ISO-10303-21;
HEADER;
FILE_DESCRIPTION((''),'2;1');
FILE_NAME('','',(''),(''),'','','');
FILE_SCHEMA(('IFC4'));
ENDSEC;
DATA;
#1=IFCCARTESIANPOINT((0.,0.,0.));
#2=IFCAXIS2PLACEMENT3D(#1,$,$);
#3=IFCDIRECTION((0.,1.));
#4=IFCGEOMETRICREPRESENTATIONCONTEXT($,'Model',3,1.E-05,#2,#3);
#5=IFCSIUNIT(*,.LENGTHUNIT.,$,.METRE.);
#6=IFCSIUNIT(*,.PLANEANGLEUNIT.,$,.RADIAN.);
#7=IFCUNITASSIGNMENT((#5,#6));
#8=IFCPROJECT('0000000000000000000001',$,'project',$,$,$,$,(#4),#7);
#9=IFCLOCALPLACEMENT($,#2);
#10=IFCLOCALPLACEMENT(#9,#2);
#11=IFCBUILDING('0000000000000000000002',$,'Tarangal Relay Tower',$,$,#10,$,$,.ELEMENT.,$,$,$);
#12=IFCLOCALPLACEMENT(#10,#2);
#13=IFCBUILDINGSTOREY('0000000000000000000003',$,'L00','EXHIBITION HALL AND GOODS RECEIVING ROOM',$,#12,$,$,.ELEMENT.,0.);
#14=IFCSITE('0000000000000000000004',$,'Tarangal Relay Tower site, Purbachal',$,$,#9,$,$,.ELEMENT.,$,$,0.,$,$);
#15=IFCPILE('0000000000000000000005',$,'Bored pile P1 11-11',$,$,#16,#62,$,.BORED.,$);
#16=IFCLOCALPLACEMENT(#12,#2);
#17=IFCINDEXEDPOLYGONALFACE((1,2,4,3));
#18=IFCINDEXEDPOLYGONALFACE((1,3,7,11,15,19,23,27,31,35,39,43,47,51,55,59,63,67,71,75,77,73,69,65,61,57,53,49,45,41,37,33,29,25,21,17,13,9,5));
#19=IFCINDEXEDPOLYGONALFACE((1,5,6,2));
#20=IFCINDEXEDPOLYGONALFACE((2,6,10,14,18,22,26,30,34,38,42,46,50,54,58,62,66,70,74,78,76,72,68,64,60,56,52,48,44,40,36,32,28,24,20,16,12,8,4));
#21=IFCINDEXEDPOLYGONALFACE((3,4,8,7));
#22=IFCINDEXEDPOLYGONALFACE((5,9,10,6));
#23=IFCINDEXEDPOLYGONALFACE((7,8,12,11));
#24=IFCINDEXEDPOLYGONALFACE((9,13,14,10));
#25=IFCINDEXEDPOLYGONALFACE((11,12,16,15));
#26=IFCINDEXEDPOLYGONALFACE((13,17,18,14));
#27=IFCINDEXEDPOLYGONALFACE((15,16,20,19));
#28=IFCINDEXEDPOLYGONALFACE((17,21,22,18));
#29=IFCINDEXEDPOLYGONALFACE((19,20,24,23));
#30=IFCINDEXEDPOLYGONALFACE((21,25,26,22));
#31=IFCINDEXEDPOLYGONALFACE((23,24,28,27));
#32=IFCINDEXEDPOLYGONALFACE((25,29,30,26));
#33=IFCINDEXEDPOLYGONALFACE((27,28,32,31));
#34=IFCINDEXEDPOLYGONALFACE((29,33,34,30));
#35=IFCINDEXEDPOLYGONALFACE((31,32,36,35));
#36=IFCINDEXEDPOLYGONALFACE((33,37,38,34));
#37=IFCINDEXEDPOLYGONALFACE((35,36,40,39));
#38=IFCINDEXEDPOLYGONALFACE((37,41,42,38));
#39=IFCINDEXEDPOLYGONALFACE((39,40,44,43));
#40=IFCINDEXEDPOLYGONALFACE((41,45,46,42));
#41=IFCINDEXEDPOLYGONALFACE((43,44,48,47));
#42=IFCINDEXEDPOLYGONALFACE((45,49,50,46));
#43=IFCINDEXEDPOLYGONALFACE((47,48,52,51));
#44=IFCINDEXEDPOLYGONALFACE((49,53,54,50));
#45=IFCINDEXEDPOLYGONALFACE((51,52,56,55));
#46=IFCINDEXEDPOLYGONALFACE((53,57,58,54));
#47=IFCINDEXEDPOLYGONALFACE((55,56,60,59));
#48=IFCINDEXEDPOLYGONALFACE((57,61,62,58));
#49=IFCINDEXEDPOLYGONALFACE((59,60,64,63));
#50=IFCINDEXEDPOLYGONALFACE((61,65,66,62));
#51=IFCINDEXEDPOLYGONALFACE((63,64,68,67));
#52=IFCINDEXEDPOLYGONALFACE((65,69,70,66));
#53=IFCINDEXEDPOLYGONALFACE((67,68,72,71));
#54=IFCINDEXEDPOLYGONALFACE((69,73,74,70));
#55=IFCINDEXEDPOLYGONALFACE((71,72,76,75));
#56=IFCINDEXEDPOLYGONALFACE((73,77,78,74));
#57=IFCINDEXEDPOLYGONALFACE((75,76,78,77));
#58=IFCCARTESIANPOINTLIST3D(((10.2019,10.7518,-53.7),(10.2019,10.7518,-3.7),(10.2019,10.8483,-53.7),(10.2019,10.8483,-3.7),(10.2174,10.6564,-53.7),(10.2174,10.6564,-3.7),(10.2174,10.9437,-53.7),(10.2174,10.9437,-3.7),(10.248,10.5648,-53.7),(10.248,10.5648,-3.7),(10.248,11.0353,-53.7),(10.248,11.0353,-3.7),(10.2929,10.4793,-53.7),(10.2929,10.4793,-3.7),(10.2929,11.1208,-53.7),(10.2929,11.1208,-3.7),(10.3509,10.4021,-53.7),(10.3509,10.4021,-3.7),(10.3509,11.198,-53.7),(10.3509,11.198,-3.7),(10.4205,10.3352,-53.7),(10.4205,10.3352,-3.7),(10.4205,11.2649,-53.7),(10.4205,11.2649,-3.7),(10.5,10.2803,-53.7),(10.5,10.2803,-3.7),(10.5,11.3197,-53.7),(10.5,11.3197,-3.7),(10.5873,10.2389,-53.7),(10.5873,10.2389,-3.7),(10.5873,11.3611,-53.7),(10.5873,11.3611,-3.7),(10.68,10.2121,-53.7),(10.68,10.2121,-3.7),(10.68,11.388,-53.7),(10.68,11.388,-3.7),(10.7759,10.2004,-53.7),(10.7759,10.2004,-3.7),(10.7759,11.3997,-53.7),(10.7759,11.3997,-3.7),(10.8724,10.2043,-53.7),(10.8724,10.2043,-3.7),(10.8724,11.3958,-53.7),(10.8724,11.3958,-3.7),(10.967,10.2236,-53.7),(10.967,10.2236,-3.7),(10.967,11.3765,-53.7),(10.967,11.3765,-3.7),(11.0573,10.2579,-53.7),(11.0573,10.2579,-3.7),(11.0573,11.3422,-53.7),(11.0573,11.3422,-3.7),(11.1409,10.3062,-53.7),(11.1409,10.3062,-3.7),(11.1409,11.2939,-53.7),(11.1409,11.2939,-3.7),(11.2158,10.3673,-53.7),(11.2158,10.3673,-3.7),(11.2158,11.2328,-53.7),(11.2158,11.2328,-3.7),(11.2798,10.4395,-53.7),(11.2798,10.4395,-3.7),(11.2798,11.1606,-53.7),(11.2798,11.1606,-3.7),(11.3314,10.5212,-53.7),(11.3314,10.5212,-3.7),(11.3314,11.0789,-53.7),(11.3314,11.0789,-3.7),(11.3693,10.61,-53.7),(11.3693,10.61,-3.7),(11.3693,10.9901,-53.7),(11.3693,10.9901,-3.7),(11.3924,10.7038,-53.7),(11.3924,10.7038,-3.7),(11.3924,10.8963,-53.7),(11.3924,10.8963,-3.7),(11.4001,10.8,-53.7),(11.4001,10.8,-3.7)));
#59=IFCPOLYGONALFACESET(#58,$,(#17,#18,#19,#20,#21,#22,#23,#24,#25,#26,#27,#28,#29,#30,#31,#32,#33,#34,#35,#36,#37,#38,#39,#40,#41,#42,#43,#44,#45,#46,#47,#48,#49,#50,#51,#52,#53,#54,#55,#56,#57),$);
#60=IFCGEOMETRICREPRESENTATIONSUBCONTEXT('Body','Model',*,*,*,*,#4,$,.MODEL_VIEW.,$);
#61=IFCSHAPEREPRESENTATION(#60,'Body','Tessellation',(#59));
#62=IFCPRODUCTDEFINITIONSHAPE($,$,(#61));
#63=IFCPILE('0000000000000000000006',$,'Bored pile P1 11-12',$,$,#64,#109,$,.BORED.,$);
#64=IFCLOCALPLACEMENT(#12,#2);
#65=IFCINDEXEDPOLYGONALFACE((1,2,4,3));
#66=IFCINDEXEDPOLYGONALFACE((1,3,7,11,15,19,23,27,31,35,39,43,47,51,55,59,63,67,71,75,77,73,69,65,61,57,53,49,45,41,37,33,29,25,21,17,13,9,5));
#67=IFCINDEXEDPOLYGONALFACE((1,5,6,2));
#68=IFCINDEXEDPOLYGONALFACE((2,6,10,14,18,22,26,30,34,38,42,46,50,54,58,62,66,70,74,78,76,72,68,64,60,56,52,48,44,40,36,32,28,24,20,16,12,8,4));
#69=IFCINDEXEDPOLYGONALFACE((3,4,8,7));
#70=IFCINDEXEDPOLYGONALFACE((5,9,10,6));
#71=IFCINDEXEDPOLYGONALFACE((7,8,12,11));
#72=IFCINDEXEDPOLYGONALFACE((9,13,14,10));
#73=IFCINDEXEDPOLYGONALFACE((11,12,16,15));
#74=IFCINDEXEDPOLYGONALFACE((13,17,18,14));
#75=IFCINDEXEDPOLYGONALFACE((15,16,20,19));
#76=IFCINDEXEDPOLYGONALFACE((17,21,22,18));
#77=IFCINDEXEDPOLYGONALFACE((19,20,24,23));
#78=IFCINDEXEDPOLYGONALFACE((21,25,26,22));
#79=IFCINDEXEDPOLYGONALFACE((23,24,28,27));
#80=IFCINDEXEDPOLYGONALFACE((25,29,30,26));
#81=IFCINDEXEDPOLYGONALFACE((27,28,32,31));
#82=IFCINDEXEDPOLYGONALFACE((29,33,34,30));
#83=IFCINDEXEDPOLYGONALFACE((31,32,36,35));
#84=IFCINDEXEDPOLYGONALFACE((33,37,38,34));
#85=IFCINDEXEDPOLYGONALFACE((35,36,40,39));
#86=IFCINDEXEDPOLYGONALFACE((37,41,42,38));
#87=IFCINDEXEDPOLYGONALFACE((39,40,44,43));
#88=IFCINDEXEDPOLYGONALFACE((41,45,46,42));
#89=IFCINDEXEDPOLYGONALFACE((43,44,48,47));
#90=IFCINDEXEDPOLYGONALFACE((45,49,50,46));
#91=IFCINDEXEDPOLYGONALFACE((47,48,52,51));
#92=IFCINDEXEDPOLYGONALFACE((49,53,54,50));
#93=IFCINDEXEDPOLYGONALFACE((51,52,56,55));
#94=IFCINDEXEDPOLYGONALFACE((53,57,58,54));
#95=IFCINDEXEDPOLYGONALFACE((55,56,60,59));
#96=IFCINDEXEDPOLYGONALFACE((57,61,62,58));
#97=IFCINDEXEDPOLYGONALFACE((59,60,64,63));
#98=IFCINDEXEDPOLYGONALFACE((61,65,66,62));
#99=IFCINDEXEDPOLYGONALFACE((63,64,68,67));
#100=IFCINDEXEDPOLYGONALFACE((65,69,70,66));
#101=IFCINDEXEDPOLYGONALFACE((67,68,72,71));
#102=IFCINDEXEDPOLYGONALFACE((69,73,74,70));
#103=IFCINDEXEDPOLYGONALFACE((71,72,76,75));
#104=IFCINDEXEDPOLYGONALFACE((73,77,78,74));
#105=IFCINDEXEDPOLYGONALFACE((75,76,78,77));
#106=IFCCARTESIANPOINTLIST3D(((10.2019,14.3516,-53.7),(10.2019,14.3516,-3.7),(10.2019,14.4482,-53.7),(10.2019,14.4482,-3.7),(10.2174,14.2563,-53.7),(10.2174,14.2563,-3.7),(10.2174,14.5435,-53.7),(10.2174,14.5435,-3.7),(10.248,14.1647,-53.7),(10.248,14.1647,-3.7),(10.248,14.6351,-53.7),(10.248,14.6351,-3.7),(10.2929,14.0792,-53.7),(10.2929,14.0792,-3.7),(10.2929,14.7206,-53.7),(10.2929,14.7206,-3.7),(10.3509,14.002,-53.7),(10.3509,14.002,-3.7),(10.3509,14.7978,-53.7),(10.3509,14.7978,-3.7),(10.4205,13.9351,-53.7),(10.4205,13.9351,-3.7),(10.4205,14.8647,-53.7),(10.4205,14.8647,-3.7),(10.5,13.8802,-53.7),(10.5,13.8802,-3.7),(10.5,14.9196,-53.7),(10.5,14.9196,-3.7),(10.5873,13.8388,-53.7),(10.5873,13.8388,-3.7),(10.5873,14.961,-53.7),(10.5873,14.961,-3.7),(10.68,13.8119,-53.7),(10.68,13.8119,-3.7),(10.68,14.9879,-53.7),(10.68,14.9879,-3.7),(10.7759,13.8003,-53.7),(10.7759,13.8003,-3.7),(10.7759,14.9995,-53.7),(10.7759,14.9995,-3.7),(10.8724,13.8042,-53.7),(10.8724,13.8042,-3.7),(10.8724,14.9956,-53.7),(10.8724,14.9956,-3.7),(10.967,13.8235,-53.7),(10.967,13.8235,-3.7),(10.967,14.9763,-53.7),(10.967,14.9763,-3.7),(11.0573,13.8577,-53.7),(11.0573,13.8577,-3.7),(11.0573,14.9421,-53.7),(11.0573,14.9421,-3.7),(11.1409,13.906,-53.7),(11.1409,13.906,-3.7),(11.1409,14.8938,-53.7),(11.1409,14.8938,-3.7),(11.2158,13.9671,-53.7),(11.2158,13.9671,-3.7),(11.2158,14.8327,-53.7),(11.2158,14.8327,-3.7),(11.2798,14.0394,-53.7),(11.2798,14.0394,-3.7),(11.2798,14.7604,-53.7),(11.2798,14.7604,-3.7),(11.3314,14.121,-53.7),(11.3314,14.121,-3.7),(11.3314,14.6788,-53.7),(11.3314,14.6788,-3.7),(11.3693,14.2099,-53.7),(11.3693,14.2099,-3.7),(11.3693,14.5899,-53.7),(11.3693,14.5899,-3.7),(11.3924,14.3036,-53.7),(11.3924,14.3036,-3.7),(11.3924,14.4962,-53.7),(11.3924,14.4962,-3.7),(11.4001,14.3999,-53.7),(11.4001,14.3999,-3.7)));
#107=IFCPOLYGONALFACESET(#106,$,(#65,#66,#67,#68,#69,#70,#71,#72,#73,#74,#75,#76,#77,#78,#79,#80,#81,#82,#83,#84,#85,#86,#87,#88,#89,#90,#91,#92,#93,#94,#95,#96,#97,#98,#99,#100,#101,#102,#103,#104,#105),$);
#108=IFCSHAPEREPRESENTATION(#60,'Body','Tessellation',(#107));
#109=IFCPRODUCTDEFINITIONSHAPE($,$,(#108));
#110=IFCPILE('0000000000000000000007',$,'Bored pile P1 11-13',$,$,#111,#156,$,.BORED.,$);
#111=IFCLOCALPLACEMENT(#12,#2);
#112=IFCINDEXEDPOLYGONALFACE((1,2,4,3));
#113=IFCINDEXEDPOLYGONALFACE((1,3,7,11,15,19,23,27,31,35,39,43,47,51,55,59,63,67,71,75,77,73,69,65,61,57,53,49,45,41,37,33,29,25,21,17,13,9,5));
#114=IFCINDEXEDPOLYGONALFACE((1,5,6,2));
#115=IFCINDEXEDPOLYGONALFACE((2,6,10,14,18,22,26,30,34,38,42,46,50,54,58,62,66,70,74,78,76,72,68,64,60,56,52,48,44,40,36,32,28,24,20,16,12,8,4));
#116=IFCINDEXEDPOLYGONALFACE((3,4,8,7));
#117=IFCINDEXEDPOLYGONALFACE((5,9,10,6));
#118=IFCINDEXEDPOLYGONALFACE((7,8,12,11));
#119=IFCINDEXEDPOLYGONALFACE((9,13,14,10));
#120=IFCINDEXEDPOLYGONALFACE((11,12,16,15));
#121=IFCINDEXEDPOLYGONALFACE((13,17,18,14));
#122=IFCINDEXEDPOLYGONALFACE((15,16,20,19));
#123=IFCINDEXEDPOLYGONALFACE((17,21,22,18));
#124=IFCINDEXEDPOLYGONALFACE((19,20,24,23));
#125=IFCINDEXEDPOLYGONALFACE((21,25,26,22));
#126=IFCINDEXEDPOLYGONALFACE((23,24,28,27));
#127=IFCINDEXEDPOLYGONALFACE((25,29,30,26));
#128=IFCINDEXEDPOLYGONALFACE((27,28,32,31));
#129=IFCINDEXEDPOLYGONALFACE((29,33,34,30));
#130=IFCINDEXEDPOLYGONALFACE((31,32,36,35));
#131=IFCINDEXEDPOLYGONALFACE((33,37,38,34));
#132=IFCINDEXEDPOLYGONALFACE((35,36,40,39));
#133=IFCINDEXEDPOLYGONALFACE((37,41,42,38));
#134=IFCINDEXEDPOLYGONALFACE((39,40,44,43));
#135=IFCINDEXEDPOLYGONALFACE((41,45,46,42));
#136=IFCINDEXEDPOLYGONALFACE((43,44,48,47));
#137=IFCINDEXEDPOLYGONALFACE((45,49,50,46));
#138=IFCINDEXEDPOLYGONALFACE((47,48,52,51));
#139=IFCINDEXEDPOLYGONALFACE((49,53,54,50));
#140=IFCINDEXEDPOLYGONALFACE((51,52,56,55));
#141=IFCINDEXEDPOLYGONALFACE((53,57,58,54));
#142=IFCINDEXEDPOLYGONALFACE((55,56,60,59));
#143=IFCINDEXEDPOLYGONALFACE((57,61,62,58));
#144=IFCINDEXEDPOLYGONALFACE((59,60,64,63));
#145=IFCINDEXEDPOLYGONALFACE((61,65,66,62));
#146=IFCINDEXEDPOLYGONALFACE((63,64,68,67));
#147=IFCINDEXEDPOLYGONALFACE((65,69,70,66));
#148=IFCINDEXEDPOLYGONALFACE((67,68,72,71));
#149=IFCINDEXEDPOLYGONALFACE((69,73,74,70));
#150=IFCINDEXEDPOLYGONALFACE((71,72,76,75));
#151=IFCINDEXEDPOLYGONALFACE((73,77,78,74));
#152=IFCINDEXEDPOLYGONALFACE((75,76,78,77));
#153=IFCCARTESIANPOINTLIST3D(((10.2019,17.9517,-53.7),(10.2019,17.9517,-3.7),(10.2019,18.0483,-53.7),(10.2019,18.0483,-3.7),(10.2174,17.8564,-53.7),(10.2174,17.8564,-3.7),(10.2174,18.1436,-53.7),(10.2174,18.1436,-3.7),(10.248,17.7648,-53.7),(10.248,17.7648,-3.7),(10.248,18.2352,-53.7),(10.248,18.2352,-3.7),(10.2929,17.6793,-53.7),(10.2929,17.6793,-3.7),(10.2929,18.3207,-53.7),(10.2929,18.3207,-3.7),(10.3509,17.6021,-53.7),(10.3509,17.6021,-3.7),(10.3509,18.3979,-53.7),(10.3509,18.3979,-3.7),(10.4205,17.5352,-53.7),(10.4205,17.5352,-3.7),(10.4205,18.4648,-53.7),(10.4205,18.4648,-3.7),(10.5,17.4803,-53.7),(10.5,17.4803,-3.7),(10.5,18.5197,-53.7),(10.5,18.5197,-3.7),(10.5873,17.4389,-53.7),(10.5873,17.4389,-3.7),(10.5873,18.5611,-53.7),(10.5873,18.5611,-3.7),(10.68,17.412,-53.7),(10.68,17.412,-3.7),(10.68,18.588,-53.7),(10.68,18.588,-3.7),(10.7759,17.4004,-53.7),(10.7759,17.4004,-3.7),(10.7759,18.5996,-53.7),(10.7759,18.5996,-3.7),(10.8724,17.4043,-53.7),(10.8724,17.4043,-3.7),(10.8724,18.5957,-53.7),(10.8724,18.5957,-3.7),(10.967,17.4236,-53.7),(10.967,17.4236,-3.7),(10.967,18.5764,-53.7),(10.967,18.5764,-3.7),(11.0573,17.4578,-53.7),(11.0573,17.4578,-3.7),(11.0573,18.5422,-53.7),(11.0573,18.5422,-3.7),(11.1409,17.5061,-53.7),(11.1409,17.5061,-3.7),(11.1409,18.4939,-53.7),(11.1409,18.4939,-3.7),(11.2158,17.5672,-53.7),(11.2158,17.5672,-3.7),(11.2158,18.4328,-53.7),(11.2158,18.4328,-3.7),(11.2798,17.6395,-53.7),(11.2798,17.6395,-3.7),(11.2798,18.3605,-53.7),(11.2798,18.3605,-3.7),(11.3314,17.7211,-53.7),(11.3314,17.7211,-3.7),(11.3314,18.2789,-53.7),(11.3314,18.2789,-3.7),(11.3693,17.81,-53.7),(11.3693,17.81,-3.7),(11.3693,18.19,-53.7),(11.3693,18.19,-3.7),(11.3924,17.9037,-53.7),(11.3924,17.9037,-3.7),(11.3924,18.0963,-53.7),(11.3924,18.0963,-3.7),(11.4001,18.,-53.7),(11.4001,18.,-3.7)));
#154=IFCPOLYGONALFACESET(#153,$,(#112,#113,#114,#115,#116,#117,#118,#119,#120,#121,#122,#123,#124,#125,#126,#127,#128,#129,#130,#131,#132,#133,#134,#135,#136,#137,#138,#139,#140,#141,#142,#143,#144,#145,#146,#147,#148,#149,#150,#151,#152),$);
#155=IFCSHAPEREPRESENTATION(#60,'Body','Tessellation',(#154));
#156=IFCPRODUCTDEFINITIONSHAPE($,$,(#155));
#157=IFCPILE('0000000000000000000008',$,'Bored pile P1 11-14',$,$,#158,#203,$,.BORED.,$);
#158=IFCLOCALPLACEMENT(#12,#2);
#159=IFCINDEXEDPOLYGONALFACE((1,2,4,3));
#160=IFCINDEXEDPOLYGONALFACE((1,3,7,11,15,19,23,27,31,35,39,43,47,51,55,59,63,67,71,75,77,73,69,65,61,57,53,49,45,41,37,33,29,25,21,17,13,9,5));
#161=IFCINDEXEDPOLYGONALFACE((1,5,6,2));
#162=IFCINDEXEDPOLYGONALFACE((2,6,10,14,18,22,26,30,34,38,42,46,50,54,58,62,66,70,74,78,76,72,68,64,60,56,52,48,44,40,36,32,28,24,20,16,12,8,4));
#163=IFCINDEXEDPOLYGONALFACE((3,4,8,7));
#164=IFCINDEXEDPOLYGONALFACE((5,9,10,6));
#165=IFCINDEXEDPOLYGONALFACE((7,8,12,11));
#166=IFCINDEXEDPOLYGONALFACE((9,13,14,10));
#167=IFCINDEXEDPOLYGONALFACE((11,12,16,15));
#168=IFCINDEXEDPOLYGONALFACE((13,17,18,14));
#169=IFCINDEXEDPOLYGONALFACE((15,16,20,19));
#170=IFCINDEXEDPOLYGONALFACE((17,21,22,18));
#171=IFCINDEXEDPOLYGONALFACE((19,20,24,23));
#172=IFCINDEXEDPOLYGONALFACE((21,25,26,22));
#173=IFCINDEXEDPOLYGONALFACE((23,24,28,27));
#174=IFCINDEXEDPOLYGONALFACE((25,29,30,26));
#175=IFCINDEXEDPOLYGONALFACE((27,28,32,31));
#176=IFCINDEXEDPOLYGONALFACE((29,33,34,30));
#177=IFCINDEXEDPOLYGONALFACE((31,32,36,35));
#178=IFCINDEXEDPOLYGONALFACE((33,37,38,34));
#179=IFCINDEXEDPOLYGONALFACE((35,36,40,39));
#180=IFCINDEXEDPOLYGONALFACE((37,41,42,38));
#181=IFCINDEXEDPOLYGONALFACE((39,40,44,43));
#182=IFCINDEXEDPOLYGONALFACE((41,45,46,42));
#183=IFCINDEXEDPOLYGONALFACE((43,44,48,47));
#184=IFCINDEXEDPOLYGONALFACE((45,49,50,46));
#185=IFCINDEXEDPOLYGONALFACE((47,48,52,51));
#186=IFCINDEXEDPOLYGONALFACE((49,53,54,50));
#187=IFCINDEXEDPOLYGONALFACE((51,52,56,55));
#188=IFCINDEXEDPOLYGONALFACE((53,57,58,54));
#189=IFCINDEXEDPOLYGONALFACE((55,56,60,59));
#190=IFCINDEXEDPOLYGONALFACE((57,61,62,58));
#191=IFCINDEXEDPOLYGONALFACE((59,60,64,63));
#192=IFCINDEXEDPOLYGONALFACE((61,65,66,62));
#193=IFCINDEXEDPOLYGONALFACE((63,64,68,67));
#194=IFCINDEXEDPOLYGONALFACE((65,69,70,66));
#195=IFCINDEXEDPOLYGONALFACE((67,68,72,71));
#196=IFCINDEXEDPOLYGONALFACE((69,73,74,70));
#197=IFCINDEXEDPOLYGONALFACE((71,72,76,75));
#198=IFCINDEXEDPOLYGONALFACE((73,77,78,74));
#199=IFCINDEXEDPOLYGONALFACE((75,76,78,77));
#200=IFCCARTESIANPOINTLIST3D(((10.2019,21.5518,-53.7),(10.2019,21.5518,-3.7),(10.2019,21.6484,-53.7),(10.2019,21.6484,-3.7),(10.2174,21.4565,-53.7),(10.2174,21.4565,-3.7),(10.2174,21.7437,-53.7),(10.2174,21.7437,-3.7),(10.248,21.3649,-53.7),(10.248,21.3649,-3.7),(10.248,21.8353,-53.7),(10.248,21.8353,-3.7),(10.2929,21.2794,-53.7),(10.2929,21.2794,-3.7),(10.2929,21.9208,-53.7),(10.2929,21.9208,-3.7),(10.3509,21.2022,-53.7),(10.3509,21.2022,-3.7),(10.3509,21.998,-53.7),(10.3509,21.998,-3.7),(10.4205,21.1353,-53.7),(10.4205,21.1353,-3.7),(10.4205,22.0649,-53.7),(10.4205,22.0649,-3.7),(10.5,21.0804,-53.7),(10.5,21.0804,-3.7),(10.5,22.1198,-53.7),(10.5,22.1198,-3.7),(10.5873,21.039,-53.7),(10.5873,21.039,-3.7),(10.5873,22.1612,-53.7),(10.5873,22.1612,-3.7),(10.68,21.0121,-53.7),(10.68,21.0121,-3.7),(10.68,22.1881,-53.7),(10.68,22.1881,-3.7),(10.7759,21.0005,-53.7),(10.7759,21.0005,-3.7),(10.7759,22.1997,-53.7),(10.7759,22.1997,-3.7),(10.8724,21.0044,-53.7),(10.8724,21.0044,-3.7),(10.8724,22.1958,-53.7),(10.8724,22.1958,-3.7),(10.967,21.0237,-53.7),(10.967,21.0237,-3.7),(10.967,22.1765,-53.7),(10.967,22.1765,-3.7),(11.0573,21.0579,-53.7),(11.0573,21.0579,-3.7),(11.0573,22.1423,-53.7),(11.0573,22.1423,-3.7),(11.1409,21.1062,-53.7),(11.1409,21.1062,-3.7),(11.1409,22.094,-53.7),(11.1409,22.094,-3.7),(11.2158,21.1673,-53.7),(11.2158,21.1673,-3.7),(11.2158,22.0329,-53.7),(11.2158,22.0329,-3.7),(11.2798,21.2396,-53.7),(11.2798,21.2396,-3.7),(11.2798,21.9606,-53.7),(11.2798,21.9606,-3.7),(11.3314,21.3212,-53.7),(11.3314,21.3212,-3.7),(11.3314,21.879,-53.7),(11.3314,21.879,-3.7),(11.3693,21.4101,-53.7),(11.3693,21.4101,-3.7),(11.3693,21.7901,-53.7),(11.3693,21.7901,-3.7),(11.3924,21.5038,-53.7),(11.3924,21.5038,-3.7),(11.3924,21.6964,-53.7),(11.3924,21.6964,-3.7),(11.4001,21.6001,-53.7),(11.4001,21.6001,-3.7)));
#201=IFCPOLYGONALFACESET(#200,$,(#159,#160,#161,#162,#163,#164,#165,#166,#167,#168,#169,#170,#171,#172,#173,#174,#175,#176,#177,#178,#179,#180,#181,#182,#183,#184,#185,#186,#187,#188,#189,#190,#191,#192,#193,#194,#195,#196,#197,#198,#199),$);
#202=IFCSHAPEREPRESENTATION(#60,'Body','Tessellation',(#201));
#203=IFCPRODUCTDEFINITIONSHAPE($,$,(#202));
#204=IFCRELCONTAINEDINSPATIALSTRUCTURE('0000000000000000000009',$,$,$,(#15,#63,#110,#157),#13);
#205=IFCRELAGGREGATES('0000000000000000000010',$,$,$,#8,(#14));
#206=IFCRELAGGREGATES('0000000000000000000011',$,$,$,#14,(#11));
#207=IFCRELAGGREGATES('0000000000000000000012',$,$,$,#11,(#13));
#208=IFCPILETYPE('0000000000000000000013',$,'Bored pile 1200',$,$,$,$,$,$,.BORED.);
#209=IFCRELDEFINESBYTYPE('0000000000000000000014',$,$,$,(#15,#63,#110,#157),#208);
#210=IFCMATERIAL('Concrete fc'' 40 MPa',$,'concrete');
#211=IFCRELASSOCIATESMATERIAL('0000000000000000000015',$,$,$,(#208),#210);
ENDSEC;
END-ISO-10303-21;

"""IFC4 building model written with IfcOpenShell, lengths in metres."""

from ifc_helpers import new_model, si_unit, direction, frame, origin, origin_2d, place, context, subcontext, project, spatial, circle, extrude, material, material_profile, profile_set, type_object, element, save


model = new_model("IFC4")

# Units and contexts
model_context = context("Model", 3, precision=1e-05, world=origin(), true_north=direction((0.0, 1.0)))
body_context = subcontext(model_context, "Body", "Model", "MODEL_VIEW")
ifc_project = project(units=[si_unit("LENGTHUNIT", "METRE"), si_unit("PLANEANGLEUNIT", "RADIAN")], contexts=[model_context])

# Site, building, storey
site_placement = place(None, origin())
site = spatial("IfcSite", under=ifc_project, at=site_placement, Name="Tarangal Relay Tower site, Purbachal", CompositionType="ELEMENT", RefElevation=0.0)
building_placement = place(site_placement, origin())
building = spatial("IfcBuilding", under=site, at=building_placement, Name="Tarangal Relay Tower", CompositionType="ELEMENT")
storey_placement = place(building_placement, origin())
storey = spatial("IfcBuildingStorey", under=building, at=storey_placement, Name="L00", Description="EXHIBITION HALL AND GOODS RECEIVING ROOM", CompositionType="ELEMENT", Elevation=0.0)

# Piles
ifc_material_1 = material(Name="Concrete fc' 40 MPa", Category="concrete")
ifc_material_profile = material_profile(ifc_material_1, circle(Radius=0.6001, at=origin_2d()), Name="D1200")
ifc_profile_set = profile_set([ifc_material_profile], Name="Concrete fc' 40 MPa")
pile_type = type_object("IfcPileType", Name="Bored pile 1200", PredefinedType="BORED", material=ifc_profile_set)
for number, where, z_axis, x_axis, name in (
    (1, (10.8, 10.8, -3.7), (0.0, 0.0, -1.0), (1.0, 0.0, 0.0), "Bored pile P1 11-11"),
    (2, (10.8, 14.3999, -3.7), (0.0, 0.0, -1.0), (1.0, 0.0, 0.0), "Bored pile P1 11-12"),
    (3, (10.8, 18.0, -3.7), (0.0, 0.0, -1.0), (1.0, 0.0, 0.0), "Bored pile P1 11-13"),
    (4, (10.8, 21.6001, -3.7), (0.0, 0.0, -1.0), (1.0, 0.0, 0.0), "Bored pile P1 11-14"),
):
    element("IfcPile", number, at=place(storey_placement, frame(where, z_axis=z_axis, x_axis=x_axis)), inside=storey, type_object=pile_type, Name=name, PredefinedType="BORED", context=body_context, shape_type="SweptSolid", body=[
        extrude(circle(Radius=0.6001, at=origin_2d()), origin(), (0.0, 0.0, 1.0), 50.0),
    ])

save(model, "model.ifc")
